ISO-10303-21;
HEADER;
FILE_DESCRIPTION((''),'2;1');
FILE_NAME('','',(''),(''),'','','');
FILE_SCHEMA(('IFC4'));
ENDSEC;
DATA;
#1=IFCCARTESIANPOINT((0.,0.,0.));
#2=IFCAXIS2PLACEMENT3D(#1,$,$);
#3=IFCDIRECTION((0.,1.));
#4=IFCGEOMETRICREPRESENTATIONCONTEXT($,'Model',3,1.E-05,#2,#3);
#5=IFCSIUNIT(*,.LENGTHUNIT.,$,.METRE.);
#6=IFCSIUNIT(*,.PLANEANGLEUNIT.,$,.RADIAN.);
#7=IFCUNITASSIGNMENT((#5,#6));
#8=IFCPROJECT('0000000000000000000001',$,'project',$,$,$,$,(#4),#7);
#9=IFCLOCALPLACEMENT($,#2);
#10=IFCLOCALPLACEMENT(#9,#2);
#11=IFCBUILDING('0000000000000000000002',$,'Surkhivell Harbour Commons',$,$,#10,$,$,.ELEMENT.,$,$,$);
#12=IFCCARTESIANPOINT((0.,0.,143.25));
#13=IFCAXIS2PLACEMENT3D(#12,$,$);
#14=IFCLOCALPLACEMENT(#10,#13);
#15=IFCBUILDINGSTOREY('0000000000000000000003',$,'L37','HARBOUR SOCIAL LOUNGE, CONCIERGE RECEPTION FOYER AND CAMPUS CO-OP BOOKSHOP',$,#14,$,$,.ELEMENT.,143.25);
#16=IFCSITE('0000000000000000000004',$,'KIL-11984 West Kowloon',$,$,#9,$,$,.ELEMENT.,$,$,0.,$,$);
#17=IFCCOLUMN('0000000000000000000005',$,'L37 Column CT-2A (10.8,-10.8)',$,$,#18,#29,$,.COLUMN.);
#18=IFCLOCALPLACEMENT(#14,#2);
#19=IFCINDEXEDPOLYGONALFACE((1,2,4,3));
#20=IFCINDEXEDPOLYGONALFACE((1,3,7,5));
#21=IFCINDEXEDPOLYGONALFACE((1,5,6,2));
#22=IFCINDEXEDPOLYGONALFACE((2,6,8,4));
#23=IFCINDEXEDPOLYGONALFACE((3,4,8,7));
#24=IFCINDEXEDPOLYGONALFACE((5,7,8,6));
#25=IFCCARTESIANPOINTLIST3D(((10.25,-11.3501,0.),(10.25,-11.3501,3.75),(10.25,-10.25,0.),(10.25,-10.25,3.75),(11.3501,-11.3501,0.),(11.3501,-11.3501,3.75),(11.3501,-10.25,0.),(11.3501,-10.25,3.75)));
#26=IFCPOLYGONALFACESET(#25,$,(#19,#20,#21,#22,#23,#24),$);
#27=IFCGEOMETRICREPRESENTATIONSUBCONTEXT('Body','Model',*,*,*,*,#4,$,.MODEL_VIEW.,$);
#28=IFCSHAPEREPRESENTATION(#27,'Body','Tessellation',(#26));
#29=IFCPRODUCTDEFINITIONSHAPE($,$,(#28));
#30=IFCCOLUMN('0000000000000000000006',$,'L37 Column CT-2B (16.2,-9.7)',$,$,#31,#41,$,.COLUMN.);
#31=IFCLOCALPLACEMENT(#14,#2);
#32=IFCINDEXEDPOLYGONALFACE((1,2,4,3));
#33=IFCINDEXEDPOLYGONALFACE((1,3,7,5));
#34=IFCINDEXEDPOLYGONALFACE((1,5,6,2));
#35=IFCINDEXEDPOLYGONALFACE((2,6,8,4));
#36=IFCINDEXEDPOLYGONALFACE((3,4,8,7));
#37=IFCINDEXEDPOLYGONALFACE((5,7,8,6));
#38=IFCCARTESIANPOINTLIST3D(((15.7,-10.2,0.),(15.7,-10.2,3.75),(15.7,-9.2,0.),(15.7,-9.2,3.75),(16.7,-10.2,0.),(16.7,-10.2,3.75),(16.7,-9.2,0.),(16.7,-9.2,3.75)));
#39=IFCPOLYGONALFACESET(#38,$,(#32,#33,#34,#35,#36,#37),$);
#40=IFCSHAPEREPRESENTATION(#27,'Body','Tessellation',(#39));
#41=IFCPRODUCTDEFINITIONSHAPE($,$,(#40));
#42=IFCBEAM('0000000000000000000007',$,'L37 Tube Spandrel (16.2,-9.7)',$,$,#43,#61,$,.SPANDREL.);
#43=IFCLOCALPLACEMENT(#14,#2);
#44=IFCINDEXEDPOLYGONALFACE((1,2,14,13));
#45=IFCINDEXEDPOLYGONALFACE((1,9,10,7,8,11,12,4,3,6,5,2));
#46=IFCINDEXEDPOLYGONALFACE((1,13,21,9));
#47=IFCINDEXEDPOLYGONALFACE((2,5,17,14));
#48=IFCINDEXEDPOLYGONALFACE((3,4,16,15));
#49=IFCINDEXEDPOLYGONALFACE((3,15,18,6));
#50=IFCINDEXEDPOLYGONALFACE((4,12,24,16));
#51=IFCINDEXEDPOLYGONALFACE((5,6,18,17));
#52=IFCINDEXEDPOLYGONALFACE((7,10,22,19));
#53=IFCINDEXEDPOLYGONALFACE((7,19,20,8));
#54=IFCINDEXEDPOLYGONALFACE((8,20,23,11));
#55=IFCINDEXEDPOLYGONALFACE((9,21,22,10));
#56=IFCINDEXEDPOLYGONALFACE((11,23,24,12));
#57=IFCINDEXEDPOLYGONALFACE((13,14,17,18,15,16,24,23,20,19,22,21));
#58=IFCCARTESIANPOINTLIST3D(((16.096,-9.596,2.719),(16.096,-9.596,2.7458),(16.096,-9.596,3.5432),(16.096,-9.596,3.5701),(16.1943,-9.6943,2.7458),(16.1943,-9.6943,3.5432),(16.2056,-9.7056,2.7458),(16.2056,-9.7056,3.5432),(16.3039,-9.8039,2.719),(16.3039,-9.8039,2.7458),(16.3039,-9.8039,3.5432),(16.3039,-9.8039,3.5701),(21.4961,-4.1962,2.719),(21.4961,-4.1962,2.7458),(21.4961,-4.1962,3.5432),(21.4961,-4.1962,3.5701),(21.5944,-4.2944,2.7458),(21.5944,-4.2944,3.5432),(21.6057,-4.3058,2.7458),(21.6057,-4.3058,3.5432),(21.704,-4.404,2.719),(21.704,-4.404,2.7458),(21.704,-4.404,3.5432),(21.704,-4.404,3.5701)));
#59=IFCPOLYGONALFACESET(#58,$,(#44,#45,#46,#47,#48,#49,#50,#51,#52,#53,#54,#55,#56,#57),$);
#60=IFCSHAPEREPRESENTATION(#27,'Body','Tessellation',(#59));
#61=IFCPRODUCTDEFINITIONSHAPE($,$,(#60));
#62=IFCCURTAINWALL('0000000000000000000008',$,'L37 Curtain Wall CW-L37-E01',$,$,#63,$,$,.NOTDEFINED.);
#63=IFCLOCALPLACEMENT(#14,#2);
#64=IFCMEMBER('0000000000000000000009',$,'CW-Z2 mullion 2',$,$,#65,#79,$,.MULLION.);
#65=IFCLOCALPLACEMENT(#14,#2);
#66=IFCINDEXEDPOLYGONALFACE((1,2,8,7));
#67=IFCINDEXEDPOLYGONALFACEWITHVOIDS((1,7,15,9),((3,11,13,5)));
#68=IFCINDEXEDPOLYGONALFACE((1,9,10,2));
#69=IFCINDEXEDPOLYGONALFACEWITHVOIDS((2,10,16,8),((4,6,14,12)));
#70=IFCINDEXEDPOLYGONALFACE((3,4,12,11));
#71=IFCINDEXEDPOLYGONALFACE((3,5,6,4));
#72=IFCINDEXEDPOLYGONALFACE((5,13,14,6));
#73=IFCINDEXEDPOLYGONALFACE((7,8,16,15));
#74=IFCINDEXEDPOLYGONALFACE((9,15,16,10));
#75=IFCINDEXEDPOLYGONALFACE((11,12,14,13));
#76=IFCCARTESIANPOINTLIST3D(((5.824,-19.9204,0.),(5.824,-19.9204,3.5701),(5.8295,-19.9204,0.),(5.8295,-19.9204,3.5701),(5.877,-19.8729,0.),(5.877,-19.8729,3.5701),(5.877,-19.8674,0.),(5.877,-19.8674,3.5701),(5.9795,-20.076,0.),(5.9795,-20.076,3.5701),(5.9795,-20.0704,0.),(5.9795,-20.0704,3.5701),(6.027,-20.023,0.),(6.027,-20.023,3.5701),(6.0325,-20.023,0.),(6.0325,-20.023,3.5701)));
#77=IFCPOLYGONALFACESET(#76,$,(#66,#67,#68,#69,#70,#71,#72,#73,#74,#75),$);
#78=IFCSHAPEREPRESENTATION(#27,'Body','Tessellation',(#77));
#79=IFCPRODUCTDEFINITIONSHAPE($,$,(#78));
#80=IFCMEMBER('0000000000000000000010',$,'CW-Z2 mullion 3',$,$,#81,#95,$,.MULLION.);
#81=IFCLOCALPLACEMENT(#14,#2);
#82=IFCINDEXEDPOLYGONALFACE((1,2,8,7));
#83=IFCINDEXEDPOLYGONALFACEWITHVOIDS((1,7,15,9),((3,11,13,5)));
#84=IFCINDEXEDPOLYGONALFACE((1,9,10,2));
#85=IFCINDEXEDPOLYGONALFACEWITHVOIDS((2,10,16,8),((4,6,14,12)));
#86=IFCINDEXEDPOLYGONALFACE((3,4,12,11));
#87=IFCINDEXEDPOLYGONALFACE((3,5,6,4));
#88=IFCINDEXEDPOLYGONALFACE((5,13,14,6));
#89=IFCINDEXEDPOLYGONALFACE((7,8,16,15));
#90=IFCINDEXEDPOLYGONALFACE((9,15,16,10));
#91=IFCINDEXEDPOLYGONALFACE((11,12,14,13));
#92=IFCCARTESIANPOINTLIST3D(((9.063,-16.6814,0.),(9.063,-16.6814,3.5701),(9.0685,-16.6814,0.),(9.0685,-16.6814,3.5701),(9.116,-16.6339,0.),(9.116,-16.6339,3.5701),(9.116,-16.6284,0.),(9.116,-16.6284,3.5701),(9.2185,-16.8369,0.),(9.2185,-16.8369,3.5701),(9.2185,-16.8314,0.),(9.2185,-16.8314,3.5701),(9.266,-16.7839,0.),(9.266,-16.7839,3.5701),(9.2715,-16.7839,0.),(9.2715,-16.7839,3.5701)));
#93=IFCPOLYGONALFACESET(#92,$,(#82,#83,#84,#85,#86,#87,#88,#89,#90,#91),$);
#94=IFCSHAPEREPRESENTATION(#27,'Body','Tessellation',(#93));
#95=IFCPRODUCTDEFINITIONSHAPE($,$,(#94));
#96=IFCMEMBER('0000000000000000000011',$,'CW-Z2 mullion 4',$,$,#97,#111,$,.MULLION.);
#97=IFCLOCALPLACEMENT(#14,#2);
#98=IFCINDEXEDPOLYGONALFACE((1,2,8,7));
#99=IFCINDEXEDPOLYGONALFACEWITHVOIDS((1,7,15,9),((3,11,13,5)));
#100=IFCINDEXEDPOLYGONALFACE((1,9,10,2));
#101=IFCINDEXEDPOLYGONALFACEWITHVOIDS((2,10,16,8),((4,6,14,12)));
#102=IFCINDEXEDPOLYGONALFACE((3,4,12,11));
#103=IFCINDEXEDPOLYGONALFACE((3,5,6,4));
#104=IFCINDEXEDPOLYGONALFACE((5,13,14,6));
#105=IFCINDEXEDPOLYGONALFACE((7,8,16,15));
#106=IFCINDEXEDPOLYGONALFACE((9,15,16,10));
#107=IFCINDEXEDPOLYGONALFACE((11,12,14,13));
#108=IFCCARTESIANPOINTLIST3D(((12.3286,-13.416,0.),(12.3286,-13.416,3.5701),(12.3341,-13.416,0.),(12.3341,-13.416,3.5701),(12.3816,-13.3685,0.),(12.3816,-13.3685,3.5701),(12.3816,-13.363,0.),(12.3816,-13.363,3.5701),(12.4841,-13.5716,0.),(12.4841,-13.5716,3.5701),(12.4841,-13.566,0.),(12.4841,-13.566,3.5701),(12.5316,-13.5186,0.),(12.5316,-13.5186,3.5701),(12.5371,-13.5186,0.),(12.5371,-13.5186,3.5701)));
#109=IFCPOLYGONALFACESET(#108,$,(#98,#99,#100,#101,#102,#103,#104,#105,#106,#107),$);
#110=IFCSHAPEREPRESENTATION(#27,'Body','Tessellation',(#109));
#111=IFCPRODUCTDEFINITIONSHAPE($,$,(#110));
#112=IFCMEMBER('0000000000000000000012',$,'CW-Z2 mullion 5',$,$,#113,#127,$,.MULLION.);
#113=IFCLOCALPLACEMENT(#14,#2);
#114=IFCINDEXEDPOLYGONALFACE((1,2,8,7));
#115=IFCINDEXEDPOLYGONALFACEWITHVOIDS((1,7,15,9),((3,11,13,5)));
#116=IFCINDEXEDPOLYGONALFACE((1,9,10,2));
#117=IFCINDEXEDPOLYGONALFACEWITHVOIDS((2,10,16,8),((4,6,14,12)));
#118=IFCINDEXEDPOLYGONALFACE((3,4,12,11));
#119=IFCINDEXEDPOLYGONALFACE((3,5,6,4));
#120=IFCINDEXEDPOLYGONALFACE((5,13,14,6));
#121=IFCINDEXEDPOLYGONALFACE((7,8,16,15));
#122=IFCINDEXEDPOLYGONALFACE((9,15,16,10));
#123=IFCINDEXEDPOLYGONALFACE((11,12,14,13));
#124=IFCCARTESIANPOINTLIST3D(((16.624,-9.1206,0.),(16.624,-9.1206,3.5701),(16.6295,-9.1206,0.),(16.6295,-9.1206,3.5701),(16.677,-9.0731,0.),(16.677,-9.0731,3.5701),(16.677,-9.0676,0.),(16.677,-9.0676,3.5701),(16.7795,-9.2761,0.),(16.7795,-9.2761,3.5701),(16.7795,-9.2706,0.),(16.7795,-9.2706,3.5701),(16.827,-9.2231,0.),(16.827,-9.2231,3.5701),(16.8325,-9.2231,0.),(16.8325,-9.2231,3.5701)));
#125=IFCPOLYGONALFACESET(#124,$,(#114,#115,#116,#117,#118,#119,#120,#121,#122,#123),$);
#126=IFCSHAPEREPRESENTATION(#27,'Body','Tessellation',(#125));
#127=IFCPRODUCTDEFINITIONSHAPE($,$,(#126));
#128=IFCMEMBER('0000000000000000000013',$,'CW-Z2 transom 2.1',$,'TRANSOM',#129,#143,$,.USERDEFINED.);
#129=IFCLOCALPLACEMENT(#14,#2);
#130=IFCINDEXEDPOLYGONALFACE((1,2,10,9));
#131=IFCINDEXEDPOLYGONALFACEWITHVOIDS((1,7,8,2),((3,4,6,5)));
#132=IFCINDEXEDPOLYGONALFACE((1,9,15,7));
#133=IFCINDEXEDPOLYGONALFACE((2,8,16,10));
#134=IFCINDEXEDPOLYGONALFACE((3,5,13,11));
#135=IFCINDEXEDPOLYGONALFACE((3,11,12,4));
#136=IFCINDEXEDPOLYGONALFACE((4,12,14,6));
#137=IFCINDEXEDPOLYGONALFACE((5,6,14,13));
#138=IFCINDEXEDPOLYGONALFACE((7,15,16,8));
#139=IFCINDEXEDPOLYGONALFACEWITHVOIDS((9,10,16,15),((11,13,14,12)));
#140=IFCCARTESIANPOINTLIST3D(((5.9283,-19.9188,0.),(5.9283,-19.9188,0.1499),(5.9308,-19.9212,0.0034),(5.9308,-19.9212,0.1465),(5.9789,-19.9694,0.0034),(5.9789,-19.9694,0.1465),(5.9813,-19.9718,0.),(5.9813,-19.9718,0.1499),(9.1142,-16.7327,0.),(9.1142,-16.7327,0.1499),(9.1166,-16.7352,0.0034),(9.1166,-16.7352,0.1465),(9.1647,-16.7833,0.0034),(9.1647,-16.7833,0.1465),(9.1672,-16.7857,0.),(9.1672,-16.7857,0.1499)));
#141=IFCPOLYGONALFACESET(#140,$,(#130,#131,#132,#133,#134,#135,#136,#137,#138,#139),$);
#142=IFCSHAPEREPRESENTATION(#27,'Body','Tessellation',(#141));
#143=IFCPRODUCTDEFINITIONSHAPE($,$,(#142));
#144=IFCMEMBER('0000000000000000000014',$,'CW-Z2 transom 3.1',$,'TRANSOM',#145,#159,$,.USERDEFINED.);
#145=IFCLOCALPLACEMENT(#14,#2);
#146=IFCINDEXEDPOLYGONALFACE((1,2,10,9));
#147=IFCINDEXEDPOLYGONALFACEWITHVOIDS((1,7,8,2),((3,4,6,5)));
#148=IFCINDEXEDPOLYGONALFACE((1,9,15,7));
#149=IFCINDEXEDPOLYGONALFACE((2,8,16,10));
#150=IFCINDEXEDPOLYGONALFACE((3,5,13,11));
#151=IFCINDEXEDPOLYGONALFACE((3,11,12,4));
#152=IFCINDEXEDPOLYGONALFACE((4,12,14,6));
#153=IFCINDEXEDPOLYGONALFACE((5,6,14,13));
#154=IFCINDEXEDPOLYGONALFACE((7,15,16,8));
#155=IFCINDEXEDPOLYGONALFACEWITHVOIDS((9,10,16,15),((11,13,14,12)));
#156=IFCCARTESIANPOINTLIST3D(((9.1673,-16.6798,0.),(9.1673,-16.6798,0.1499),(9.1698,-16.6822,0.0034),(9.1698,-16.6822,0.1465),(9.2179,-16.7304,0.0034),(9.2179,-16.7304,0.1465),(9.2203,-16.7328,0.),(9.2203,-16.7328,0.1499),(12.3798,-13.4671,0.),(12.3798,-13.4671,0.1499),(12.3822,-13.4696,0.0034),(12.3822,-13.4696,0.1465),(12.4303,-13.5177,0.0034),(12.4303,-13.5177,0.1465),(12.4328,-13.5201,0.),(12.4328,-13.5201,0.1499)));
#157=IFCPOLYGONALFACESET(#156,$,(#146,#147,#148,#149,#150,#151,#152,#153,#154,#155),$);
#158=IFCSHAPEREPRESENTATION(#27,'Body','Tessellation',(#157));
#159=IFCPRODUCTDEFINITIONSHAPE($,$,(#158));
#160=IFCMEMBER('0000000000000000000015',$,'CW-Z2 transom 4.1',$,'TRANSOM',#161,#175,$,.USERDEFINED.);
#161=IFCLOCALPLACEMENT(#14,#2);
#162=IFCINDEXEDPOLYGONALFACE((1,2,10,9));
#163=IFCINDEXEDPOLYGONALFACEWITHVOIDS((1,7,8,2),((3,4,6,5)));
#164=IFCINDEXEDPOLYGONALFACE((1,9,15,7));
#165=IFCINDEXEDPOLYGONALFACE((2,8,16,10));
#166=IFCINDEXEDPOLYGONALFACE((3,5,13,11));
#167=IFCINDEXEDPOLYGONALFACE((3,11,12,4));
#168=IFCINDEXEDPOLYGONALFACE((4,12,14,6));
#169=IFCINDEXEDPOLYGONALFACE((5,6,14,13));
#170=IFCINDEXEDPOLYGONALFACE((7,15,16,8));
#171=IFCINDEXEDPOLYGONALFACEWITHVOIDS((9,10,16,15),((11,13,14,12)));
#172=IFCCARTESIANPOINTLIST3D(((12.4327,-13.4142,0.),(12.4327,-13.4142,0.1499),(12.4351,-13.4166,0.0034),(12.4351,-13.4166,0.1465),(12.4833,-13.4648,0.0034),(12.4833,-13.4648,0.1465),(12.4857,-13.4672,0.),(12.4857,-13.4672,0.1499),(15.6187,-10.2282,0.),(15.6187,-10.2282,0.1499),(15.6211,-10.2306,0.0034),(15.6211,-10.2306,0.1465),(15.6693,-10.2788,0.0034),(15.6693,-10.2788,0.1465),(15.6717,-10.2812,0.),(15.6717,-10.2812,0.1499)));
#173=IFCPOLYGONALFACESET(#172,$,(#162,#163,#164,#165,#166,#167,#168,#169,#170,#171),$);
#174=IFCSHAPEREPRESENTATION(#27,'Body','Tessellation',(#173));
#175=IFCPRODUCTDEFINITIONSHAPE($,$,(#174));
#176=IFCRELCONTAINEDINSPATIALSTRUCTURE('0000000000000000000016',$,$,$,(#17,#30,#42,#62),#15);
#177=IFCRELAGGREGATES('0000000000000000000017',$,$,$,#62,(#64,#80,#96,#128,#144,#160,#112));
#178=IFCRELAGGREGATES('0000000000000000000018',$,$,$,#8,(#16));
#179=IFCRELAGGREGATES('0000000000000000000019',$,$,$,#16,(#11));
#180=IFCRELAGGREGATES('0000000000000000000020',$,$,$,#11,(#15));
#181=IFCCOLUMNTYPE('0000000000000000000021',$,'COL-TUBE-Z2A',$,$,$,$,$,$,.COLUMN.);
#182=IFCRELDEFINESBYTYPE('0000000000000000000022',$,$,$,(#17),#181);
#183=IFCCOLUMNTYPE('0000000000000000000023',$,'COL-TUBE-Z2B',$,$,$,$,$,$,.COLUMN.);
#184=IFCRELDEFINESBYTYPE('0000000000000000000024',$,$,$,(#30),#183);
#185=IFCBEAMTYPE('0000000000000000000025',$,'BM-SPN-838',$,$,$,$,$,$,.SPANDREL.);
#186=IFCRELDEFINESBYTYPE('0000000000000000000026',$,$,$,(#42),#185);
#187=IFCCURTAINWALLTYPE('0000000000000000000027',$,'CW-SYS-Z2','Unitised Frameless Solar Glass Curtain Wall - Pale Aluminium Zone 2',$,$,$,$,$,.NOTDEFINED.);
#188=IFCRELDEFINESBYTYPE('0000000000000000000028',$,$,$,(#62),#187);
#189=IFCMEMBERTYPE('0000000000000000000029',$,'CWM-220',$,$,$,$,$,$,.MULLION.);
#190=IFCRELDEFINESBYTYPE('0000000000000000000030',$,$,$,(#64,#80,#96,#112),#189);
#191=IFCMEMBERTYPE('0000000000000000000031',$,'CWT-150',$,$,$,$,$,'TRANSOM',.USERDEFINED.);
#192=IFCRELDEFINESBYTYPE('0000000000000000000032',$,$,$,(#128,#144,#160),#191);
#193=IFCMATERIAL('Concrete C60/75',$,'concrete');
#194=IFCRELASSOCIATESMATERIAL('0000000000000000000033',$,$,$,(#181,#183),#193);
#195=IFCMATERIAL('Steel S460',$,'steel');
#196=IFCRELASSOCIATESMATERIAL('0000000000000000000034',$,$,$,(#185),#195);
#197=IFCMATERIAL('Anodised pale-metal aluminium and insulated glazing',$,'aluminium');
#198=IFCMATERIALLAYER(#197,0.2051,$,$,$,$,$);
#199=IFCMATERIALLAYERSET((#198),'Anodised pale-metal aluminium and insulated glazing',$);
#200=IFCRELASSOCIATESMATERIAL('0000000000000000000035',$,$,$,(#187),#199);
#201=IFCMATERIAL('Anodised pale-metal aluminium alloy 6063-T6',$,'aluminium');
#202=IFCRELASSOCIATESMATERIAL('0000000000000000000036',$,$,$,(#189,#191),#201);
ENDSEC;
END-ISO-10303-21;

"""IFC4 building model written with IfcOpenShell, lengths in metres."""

from ifc_helpers import new_model, si_unit, direction, frame, origin, origin_2d, place, context, subcontext, project, spatial, rectangle, hollow_rectangle, i_section, extrude, material, layer, layer_set, material_profile, profile_set, type_object, element, aggregate, save


model = new_model("IFC4")

# Units and contexts
model_context = context("Model", 3, precision=1e-05, world=origin(), true_north=direction((0.0, 1.0)))
body_context = subcontext(model_context, "Body", "Model", "MODEL_VIEW")
ifc_project = project(units=[si_unit("LENGTHUNIT", "METRE"), si_unit("PLANEANGLEUNIT", "RADIAN")], contexts=[model_context])

# Site, building, storey
site_placement = place(None, origin())
site = spatial("IfcSite", under=ifc_project, at=site_placement, Name="KIL-11984 West Kowloon", CompositionType="ELEMENT", RefElevation=0.0)
building_placement = place(site_placement, origin())
building = spatial("IfcBuilding", under=site, at=building_placement, Name="Surkhivell Harbour Commons", CompositionType="ELEMENT")
storey_placement = place(building_placement, frame((0.0, 0.0, 143.25)))
storey = spatial("IfcBuildingStorey", under=building, at=storey_placement, Name="L37", Description="HARBOUR SOCIAL LOUNGE, CONCIERGE RECEPTION FOYER AND CAMPUS CO-OP BOOKSHOP", CompositionType="ELEMENT", Elevation=143.25)

# Columns
ifc_material_1 = material(Name="Concrete C60/75", Category="concrete")
ifc_material_profile_1 = material_profile(ifc_material_1, rectangle(XDim=1.1001, YDim=1.1001, at=origin_2d()), Name="RC-COL-1100x1100")
ifc_profile_set_1 = profile_set([ifc_material_profile_1], Name="Concrete C60/75")
column_type_1 = type_object("IfcColumnType", Name="COL-TUBE-Z2A", PredefinedType="COLUMN", material=ifc_profile_set_1)
column_1_placement = place(storey_placement, frame((10.8, -10.8, 0.0), z_axis=(0.0, 0.0, 1.0), x_axis=(1.0, 0.0, 0.0)))
element("IfcColumn", 1, at=column_1_placement, inside=storey, type_object=column_type_1, Name="L37 Column CT-2A (10.8,-10.8)", PredefinedType="COLUMN", context=body_context, shape_type="SweptSolid", body=[
    extrude(rectangle(XDim=1.1001, YDim=1.1001, at=origin_2d()), origin(), (0.0, 0.0, 1.0), 3.75),
])
ifc_material_profile_2 = material_profile(ifc_material_1, rectangle(XDim=1.0, YDim=1.0, at=origin_2d()), Name="RC-COL-1000x1000")
ifc_profile_set_2 = profile_set([ifc_material_profile_2], Name="Concrete C60/75")
column_type_2 = type_object("IfcColumnType", Name="COL-TUBE-Z2B", PredefinedType="COLUMN", material=ifc_profile_set_2)
column_2_placement = place(storey_placement, frame((16.2, -9.7, 0.0), z_axis=(0.0, 0.0, 1.0), x_axis=(1.0, 0.0, 0.0)))
element("IfcColumn", 2, at=column_2_placement, inside=storey, type_object=column_type_2, Name="L37 Column CT-2B (16.2,-9.7)", PredefinedType="COLUMN", context=body_context, shape_type="SweptSolid", body=[
    extrude(rectangle(XDim=1.0, YDim=1.0, at=origin_2d()), origin(), (0.0, 0.0, 1.0), 3.75),
])

# Beam
ifc_material_2 = material(Name="Steel S460", Category="steel")
ifc_material_profile_3 = material_profile(ifc_material_2, i_section(OverallWidth=0.2939, OverallDepth=0.8511, WebThickness=0.0161, FlangeThickness=0.0269, at=origin_2d()), Name="UB838x292x226")
ifc_profile_set_3 = profile_set([ifc_material_profile_3], Name="Steel S460")
beam_type = type_object("IfcBeamType", Name="BM-SPN-838", PredefinedType="SPANDREL", material=ifc_profile_set_3)
beam_placement = place(storey_placement, frame((16.2, -9.7, 3.1445), z_axis=(0.707123, 0.707091, 0.0), x_axis=(-0.707091, 0.707123, 0.0)))
element("IfcBeam", 3, at=beam_placement, inside=storey, type_object=beam_type, Name="L37 Tube Spandrel (16.2,-9.7)", PredefinedType="SPANDREL", context=body_context, shape_type="SweptSolid", body=[
    extrude(i_section(OverallWidth=0.2939, OverallDepth=0.8511, WebThickness=0.0161, FlangeThickness=0.0269, at=origin_2d()), origin(), (0.0, 0.0, 1.0), 7.6367),
])

# Curtain wall, members
ifc_material_3 = material(Name="Anodised pale-metal aluminium and insulated glazing", Category="aluminium")
ifc_layer_1 = layer(ifc_material_3, 0.2051)
ifc_layer_set_1 = layer_set([ifc_layer_1], Name="Anodised pale-metal aluminium and insulated glazing")
curtain_wall_type = type_object("IfcCurtainWallType", Name="CW-SYS-Z2", Description="Unitised Frameless Solar Glass Curtain Wall - Pale Aluminium Zone 2", PredefinedType="NOTDEFINED", material=ifc_layer_set_1)
curtain_wall_placement = place(storey_placement, origin())
curtain_wall = element("IfcCurtainWall", 4, at=curtain_wall_placement, inside=storey, type_object=curtain_wall_type, Name="L37 Curtain Wall CW-L37-E01", PredefinedType="NOTDEFINED")
ifc_material_4 = material(Name="Anodised pale-metal aluminium alloy 6063-T6", Category="aluminium")
ifc_material_profile_4 = material_profile(ifc_material_4, hollow_rectangle(XDim=0.075, YDim=0.22, WallThickness=0.0039, at=origin_2d()), Name="ALU-MULL-75x220")
ifc_profile_set_4 = profile_set([ifc_material_profile_4], Name="Anodised pale-metal aluminium alloy 6063-T6")
member_type_1 = type_object("IfcMemberType", Name="CWM-220", PredefinedType="MULLION", material=ifc_profile_set_4)
member_1_placement = place(storey_placement, frame((5.9282, -19.9717, 0.0), z_axis=(0.0, 0.0, 1.0), x_axis=(0.707107, 0.707107, 0.0)))
member_1 = element("IfcMember", 5, at=member_1_placement, type_object=member_type_1, Name="CW-Z2 mullion 2", PredefinedType="MULLION", context=body_context, shape_type="SweptSolid", body=[
    extrude(hollow_rectangle(XDim=0.075, YDim=0.22, WallThickness=0.0039, at=origin_2d()), origin(), (0.0, 0.0, 1.0), 3.5701),
])
member_2_placement = place(storey_placement, frame((9.1672, -16.7327, 0.0), z_axis=(0.0, 0.0, 1.0), x_axis=(0.707107, 0.707107, 0.0)))
member_2 = element("IfcMember", 6, at=member_2_placement, type_object=member_type_1, Name="CW-Z2 mullion 3", PredefinedType="MULLION", context=body_context, shape_type="SweptSolid", body=[
    extrude(hollow_rectangle(XDim=0.075, YDim=0.22, WallThickness=0.0039, at=origin_2d()), origin(), (0.0, 0.0, 1.0), 3.5701),
])
member_3_placement = place(storey_placement, frame((12.4329, -13.4673, 0.0), z_axis=(0.0, 0.0, 1.0), x_axis=(0.707107, 0.707107, 0.0)))
member_3 = element("IfcMember", 7, at=member_3_placement, type_object=member_type_1, Name="CW-Z2 mullion 4", PredefinedType="MULLION", context=body_context, shape_type="SweptSolid", body=[
    extrude(hollow_rectangle(XDim=0.075, YDim=0.22, WallThickness=0.0039, at=origin_2d()), origin(), (0.0, 0.0, 1.0), 3.5701),
])
member_4_placement = place(storey_placement, frame((16.7283, -9.1719, 0.0), z_axis=(0.0, 0.0, 1.0), x_axis=(0.707107, 0.707107, 0.0)))
member_4 = element("IfcMember", 8, at=member_4_placement, type_object=member_type_1, Name="CW-Z2 mullion 5", PredefinedType="MULLION", context=body_context, shape_type="SweptSolid", body=[
    extrude(hollow_rectangle(XDim=0.075, YDim=0.22, WallThickness=0.0039, at=origin_2d()), origin(), (0.0, 0.0, 1.0), 3.5701),
])
ifc_material_profile_5 = material_profile(ifc_material_4, hollow_rectangle(XDim=0.075, YDim=0.1499, WallThickness=0.0034, at=origin_2d()), Name="ALU-TRAN-75x150")
ifc_profile_set_5 = profile_set([ifc_material_profile_5], Name="Anodised pale-metal aluminium alloy 6063-T6")
member_type_2 = type_object("IfcMemberType", Name="CWT-150", ElementType="TRANSOM", PredefinedType="USERDEFINED", material=ifc_profile_set_5)
member_5_placement = place(storey_placement, frame((5.9548, -19.9453, 0.075), z_axis=(0.70708, 0.707134, 0.0), x_axis=(-0.707134, 0.70708, 0.0)))
member_5 = element("IfcMember", 9, at=member_5_placement, type_object=member_type_2, Name="CW-Z2 transom 2.1", ObjectType="TRANSOM", PredefinedType="USERDEFINED", context=body_context, shape_type="SweptSolid", body=[
    extrude(hollow_rectangle(XDim=0.075, YDim=0.1499, WallThickness=0.0034, at=origin_2d()), origin(), (0.0, 0.0, 1.0), 4.5056),
])
member_6_placement = place(storey_placement, frame((9.1938, -16.7063, 0.075), z_axis=(0.70708, 0.707134, 0.0), x_axis=(-0.707134, 0.70708, 0.0)))
member_6 = element("IfcMember", 10, at=member_6_placement, type_object=member_type_2, Name="CW-Z2 transom 3.1", ObjectType="TRANSOM", PredefinedType="USERDEFINED", context=body_context, shape_type="SweptSolid", body=[
    extrude(hollow_rectangle(XDim=0.075, YDim=0.1499, WallThickness=0.0034, at=origin_2d()), origin(), (0.0, 0.0, 1.0), 4.5432),
])
member_7_placement = place(storey_placement, frame((12.4592, -13.4407, 0.075), z_axis=(0.707107, 0.707107, 0.0), x_axis=(-0.707107, 0.707107, 0.0)))
member_7 = element("IfcMember", 11, at=member_7_placement, type_object=member_type_2, Name="CW-Z2 transom 4.1", ObjectType="TRANSOM", PredefinedType="USERDEFINED", context=body_context, shape_type="SweptSolid", body=[
    extrude(hollow_rectangle(XDim=0.075, YDim=0.1499, WallThickness=0.0034, at=origin_2d()), origin(), (0.0, 0.0, 1.0), 4.5056),
])
aggregate(curtain_wall, [member_1, member_2, member_3, member_5, member_6, member_7, member_4])

save(model, "model.ifc")
